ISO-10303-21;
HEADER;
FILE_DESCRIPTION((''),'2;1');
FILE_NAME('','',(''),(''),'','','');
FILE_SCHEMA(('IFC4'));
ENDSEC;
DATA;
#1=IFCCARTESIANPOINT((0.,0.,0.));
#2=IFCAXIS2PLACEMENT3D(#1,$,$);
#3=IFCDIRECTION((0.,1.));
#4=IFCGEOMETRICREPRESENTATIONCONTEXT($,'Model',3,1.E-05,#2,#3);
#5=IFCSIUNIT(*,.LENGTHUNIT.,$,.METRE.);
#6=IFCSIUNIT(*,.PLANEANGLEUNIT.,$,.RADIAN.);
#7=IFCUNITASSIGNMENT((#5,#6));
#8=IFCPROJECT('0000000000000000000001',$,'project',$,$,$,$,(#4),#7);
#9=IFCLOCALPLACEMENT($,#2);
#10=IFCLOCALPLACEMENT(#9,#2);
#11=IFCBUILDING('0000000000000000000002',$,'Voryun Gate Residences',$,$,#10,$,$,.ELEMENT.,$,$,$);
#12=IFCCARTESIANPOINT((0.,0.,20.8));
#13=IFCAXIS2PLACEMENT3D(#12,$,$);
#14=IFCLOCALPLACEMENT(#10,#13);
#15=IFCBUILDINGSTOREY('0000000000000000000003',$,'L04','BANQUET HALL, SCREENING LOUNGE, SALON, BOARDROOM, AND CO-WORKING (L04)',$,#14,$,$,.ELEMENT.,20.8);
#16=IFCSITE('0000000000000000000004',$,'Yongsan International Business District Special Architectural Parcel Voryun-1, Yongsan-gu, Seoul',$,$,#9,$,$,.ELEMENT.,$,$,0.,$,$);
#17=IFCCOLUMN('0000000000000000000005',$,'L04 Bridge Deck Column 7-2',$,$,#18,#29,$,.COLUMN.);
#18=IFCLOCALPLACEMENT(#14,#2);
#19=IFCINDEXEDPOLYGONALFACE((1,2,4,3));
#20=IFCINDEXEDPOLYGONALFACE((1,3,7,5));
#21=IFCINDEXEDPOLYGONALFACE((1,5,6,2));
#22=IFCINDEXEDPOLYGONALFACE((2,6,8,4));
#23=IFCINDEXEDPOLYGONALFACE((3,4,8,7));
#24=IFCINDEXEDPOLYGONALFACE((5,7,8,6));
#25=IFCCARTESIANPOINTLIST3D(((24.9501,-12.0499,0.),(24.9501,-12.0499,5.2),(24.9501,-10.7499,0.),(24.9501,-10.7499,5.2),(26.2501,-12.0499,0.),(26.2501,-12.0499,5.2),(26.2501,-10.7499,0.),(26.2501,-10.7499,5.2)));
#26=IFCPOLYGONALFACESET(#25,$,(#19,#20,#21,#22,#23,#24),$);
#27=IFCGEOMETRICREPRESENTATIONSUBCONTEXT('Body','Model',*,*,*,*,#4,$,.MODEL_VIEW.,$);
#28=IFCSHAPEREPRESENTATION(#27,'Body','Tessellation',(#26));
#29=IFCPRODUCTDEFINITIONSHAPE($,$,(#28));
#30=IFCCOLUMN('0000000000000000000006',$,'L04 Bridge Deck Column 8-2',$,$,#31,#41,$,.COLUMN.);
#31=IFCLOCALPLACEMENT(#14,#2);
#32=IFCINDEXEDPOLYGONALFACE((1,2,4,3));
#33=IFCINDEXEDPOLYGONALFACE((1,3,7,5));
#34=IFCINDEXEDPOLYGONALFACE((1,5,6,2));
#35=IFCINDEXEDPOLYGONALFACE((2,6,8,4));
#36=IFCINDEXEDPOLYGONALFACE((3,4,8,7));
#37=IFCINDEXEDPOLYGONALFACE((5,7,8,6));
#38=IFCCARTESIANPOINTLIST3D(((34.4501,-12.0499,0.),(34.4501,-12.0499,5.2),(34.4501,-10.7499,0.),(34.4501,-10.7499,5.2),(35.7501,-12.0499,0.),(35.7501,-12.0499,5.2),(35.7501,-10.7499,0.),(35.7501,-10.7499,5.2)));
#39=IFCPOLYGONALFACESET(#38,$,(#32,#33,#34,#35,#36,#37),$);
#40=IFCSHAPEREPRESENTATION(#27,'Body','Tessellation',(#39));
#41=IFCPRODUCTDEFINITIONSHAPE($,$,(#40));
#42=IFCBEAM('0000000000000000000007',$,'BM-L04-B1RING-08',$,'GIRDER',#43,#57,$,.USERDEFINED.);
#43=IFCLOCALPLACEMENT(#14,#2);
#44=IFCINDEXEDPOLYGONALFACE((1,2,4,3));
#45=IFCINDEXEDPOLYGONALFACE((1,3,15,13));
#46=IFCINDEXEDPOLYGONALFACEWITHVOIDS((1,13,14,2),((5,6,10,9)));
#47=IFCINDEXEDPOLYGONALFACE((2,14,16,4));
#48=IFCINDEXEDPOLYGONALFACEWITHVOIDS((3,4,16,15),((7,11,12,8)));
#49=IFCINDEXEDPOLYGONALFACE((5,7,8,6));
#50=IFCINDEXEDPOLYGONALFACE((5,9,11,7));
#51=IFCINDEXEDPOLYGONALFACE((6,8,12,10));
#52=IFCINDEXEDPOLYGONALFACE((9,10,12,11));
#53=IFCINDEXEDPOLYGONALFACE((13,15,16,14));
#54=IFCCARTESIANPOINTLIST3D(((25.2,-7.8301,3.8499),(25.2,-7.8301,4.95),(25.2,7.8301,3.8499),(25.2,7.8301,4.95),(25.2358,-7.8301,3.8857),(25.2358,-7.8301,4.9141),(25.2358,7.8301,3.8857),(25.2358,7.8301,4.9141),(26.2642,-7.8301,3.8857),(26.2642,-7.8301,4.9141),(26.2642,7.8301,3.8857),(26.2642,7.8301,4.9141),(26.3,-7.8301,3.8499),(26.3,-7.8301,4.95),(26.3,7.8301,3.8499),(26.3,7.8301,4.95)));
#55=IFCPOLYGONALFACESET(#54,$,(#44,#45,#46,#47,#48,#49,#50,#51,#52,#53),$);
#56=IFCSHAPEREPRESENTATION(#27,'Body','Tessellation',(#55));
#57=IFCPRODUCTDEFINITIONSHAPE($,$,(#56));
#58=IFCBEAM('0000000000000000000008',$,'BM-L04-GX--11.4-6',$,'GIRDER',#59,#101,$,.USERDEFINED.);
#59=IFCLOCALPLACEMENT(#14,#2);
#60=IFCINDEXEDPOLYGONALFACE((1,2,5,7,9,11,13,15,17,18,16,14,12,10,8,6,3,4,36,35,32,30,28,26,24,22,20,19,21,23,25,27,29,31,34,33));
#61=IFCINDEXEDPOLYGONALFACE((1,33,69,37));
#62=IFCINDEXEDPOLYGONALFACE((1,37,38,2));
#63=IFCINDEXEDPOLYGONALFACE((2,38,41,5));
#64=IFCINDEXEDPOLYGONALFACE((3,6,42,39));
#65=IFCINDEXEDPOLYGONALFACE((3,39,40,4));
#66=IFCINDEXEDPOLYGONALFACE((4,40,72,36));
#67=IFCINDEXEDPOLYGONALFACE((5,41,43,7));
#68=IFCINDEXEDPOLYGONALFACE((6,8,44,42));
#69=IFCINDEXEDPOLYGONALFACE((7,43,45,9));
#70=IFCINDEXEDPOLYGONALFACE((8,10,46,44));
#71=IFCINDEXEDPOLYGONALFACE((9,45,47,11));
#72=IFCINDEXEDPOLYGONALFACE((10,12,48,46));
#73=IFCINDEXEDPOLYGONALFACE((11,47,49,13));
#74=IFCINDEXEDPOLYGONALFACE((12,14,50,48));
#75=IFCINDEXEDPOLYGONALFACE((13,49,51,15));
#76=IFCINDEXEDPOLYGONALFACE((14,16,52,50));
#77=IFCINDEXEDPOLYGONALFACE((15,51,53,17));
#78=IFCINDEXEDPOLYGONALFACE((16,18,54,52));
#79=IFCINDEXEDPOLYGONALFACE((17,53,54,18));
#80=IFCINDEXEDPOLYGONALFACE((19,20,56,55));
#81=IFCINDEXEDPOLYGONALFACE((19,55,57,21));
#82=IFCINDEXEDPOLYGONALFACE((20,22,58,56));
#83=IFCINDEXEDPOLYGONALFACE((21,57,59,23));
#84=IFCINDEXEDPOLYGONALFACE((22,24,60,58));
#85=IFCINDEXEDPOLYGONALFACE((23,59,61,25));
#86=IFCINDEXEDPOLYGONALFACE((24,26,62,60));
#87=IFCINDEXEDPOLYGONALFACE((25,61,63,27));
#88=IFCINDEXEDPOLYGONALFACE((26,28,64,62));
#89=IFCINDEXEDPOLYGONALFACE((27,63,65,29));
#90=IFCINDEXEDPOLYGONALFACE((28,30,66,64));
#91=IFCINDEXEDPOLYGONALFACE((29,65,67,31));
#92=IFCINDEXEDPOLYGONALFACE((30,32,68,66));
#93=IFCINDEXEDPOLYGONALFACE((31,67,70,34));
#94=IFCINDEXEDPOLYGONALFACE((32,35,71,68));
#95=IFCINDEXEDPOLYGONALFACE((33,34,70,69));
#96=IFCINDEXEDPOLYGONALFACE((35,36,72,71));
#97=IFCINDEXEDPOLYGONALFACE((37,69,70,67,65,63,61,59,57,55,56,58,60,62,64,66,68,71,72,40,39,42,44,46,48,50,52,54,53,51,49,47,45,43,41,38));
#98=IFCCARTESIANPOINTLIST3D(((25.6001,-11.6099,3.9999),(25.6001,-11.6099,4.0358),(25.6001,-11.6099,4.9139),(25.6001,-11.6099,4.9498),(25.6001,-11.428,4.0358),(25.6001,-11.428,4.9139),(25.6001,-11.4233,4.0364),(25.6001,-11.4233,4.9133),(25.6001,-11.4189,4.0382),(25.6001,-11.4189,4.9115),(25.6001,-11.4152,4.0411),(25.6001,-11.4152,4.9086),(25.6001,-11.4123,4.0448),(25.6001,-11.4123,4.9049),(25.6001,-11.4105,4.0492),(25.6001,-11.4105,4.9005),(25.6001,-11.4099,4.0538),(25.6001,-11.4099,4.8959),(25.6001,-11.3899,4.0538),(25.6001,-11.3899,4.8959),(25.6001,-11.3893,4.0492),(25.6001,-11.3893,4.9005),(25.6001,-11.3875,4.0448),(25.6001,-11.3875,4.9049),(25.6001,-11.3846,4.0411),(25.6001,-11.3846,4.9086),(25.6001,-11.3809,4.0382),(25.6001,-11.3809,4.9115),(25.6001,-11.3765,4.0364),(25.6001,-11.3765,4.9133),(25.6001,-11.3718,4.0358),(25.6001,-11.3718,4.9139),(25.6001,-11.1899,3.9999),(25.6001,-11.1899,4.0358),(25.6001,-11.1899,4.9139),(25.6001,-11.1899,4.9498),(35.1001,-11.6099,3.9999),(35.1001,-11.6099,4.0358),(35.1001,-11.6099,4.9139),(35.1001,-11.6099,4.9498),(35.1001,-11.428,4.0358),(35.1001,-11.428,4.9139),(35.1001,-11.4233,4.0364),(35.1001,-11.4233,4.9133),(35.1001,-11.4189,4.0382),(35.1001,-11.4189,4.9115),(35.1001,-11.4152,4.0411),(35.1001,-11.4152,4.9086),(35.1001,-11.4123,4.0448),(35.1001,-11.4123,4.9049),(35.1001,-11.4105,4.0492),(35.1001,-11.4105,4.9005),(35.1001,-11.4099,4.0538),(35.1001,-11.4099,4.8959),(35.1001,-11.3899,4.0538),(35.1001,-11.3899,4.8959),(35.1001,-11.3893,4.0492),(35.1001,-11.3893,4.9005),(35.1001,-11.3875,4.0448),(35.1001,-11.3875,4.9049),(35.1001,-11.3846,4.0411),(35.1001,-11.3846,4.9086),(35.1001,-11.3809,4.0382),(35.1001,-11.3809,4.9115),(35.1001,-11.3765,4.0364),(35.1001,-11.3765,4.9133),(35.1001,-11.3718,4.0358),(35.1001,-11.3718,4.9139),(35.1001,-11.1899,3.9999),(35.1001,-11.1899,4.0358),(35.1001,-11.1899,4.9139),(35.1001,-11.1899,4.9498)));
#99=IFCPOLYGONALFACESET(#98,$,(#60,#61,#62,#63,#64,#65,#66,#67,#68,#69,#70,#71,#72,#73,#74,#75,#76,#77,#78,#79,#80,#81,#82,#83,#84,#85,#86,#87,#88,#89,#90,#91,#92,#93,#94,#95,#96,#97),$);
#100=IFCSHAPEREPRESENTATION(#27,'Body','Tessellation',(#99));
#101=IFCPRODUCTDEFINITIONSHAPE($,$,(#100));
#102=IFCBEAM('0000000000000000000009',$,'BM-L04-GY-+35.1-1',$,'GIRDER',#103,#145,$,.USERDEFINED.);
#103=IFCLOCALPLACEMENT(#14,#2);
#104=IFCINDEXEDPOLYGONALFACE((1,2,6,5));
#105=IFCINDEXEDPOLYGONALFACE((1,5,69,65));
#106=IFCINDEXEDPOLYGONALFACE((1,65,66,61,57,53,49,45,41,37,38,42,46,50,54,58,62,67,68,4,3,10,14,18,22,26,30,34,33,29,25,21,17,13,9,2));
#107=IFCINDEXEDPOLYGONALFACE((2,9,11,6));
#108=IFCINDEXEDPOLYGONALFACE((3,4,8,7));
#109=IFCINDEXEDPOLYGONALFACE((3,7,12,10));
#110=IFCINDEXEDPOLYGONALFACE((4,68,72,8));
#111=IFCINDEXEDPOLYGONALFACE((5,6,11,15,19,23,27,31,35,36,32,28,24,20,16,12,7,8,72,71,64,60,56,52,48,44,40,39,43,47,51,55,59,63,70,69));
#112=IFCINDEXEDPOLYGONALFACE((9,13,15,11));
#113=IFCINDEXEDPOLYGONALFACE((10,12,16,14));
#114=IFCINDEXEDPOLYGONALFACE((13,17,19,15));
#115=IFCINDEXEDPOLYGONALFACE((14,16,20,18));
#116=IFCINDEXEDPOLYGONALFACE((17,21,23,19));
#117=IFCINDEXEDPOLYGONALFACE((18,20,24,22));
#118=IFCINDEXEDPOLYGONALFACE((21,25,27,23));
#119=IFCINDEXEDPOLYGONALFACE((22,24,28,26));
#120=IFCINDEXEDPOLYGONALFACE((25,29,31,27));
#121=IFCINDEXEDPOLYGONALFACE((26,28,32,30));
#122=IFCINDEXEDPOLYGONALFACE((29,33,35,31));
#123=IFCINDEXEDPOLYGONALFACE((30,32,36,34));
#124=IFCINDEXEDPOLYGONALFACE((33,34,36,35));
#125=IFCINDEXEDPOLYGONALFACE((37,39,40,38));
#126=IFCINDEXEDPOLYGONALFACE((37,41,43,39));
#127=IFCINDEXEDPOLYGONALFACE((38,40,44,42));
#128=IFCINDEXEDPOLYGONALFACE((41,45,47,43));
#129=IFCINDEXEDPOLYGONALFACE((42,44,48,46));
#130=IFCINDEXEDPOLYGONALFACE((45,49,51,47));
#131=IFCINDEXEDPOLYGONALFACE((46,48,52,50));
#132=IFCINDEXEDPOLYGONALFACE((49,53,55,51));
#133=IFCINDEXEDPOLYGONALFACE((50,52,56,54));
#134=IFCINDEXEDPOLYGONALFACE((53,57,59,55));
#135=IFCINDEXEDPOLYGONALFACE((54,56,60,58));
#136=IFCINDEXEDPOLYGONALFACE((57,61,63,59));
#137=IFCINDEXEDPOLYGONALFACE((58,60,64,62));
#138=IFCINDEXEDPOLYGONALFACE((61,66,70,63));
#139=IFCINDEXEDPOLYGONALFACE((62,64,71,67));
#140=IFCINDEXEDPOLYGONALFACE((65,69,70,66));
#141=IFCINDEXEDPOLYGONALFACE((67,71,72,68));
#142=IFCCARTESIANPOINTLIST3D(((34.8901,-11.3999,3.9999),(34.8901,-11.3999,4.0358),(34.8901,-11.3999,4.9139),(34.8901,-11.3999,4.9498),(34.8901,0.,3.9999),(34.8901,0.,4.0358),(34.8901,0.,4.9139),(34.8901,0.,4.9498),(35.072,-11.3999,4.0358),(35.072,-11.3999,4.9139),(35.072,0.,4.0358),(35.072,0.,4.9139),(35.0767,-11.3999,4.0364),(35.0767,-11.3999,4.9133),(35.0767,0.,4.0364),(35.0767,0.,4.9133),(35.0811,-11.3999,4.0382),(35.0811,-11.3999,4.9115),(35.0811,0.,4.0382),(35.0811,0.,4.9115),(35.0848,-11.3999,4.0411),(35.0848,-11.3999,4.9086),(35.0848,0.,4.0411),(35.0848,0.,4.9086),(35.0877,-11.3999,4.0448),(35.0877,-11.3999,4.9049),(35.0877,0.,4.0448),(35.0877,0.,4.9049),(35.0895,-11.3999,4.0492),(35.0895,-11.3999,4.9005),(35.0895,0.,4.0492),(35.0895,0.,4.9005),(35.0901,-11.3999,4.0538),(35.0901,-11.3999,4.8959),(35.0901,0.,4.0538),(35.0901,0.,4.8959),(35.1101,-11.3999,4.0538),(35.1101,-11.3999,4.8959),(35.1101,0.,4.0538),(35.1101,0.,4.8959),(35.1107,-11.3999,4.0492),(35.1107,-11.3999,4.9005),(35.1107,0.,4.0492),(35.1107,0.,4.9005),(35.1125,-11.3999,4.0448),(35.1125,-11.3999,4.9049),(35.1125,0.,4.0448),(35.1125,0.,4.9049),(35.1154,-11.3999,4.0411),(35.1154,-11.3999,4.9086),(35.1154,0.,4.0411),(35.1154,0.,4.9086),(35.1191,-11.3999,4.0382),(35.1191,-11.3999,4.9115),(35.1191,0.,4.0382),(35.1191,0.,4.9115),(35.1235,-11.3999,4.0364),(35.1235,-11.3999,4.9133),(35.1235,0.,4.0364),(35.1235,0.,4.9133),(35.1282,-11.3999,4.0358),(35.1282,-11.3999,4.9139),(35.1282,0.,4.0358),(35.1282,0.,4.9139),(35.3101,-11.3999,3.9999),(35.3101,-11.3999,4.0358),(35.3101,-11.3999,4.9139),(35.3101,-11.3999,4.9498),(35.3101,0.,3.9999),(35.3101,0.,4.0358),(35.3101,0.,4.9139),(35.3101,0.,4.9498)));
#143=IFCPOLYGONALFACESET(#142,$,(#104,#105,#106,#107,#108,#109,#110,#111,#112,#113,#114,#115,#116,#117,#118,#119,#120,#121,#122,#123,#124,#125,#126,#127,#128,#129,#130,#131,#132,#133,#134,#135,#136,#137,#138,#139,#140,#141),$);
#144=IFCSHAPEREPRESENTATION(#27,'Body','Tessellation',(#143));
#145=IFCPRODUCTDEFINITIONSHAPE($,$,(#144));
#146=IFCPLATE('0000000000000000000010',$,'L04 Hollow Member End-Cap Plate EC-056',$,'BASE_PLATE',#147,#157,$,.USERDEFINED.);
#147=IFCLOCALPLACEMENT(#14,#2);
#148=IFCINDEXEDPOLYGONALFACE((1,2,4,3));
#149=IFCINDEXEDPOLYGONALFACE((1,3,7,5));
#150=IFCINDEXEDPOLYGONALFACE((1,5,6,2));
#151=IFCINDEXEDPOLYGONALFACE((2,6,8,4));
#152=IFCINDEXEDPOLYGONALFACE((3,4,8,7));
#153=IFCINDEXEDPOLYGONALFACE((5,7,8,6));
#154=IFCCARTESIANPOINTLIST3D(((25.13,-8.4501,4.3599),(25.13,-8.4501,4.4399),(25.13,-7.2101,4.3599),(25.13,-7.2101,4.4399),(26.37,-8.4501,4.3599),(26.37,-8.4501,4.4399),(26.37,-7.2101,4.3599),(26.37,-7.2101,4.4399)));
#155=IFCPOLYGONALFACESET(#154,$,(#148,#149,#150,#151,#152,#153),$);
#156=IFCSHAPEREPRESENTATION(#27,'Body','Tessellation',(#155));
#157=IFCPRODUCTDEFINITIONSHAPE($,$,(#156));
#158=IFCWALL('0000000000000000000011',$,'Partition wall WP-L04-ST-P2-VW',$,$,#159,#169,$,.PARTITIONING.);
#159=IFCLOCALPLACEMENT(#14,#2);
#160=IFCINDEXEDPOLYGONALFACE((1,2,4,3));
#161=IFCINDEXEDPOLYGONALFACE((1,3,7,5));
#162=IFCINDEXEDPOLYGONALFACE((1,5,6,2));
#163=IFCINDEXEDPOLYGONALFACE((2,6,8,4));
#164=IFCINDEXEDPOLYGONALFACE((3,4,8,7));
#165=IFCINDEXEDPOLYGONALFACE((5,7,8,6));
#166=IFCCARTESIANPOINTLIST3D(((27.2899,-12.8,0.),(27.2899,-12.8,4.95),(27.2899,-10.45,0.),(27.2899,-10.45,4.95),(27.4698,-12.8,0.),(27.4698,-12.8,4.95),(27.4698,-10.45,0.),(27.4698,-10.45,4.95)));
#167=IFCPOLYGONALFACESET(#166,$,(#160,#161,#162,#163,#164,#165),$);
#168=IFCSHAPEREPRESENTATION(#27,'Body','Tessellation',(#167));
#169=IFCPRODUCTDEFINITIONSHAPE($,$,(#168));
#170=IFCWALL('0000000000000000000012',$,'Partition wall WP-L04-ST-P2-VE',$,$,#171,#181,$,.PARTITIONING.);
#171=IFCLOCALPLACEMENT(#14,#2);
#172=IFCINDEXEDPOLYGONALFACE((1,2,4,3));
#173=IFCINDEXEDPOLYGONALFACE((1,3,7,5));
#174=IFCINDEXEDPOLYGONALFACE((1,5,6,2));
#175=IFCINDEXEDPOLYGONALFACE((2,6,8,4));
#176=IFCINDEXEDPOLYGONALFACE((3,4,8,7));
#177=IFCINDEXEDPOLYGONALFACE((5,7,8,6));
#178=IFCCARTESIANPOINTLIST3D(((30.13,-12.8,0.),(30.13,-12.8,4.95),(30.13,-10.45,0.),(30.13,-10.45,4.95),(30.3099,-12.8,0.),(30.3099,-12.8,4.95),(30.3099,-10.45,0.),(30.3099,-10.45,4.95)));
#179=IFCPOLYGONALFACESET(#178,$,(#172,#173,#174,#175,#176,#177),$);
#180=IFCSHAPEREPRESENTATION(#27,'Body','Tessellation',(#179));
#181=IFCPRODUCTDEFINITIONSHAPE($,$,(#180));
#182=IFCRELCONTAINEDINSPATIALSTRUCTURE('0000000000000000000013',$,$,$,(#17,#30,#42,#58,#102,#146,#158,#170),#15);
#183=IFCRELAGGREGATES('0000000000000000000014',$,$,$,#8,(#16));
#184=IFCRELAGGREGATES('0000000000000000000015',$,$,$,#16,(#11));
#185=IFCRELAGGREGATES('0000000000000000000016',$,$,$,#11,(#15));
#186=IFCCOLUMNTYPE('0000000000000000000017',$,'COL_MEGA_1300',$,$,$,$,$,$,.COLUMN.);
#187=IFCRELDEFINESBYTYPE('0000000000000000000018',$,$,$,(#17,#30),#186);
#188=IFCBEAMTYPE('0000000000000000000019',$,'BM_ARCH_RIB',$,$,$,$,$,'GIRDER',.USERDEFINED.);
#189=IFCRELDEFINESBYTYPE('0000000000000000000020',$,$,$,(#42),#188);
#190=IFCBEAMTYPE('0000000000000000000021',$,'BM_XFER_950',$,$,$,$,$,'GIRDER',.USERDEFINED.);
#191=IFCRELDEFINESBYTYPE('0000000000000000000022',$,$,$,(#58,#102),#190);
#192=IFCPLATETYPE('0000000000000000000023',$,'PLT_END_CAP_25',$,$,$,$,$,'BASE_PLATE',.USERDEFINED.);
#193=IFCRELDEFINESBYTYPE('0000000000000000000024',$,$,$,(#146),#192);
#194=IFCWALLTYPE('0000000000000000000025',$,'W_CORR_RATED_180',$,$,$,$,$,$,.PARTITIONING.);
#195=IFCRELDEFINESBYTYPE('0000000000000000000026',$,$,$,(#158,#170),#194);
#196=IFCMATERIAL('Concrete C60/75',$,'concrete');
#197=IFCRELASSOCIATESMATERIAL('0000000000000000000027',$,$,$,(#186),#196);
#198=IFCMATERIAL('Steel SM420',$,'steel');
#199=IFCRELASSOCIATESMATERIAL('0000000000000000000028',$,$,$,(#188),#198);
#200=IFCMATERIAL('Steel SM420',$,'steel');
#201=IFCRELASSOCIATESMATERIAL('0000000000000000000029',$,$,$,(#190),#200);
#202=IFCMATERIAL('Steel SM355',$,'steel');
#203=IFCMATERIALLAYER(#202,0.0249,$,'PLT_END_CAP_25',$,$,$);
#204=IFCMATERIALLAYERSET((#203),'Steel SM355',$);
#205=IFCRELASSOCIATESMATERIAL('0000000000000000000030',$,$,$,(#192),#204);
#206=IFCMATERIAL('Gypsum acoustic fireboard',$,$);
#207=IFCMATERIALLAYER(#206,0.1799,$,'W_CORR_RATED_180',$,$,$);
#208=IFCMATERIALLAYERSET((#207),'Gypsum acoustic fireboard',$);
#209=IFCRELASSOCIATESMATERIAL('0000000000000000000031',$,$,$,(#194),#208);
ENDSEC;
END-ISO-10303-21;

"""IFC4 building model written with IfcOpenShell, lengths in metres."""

from ifc_helpers import new_model, si_unit, direction, frame, frame_2d, origin, origin_2d, place, context, subcontext, project, spatial, rectangle, hollow_rectangle, i_section, extrude, material, layer, layer_set, material_profile, profile_set, type_object, element, save


model = new_model("IFC4")

# Units and contexts
model_context = context("Model", 3, precision=1e-05, world=origin(), true_north=direction((0.0, 1.0)))
body_context = subcontext(model_context, "Body", "Model", "MODEL_VIEW")
ifc_project = project(units=[si_unit("LENGTHUNIT", "METRE"), si_unit("PLANEANGLEUNIT", "RADIAN")], contexts=[model_context])

# Site, building, storey
site_placement = place(None, origin())
site = spatial("IfcSite", under=ifc_project, at=site_placement, Name="Yongsan International Business District Special Architectural Parcel Voryun-1, Yongsan-gu, Seoul", CompositionType="ELEMENT", RefElevation=0.0)
building_placement = place(site_placement, origin())
building = spatial("IfcBuilding", under=site, at=building_placement, Name="Voryun Gate Residences", CompositionType="ELEMENT")
storey_placement = place(building_placement, frame((0.0, 0.0, 20.8)))
storey = spatial("IfcBuildingStorey", under=building, at=storey_placement, Name="L04", Description="BANQUET HALL, SCREENING LOUNGE, SALON, BOARDROOM, AND CO-WORKING (L04)", CompositionType="ELEMENT", Elevation=20.8)

# Columns
ifc_material_1 = material(Name="Concrete C60/75", Category="concrete")
ifc_material_profile_1 = material_profile(ifc_material_1, rectangle(XDim=1.3, YDim=1.3, at=origin_2d()), Name="RC-1300x1300")
ifc_profile_set_1 = profile_set([ifc_material_profile_1], Name="Concrete C60/75")
column_type = type_object("IfcColumnType", Name="COL_MEGA_1300", PredefinedType="COLUMN", material=ifc_profile_set_1)
for number, where, z_axis, x_axis, name in (
    (1, (25.6001, -11.3999, 0.0), (0.0, 0.0, 1.0), (1.0, 0.0, 0.0), "L04 Bridge Deck Column 7-2"),
    (2, (35.1001, -11.3999, 0.0), (0.0, 0.0, 1.0), (1.0, 0.0, 0.0), "L04 Bridge Deck Column 8-2"),
):
    element("IfcColumn", number, at=place(storey_placement, frame(where, z_axis=z_axis, x_axis=x_axis)), inside=storey, type_object=column_type, Name=name, PredefinedType="COLUMN", context=body_context, shape_type="SweptSolid", body=[
        extrude(rectangle(XDim=1.3, YDim=1.3, at=origin_2d()), origin(), (0.0, 0.0, 1.0), 5.2),
    ])

# Beams
ifc_material_2 = material(Name="Steel SM420", Category="steel")
ifc_material_profile_2 = material_profile(ifc_material_2, hollow_rectangle(XDim=1.1001, YDim=1.1001, WallThickness=0.0359, at=origin_2d()), Name="BOX-1100x1100x36")
ifc_profile_set_2 = profile_set([ifc_material_profile_2], Name="Steel SM420")
beam_type_1 = type_object("IfcBeamType", Name="BM_ARCH_RIB", ElementType="GIRDER", PredefinedType="USERDEFINED", material=ifc_profile_set_2)
beam_1_placement = place(storey_placement, frame((25.75, -7.8301, 4.3999), z_axis=(0.0, 1.0, 0.0), x_axis=(-1.0, 0.0, 0.0)))
element("IfcBeam", 3, at=beam_1_placement, inside=storey, type_object=beam_type_1, Name="BM-L04-B1RING-08", ObjectType="GIRDER", PredefinedType="USERDEFINED", context=body_context, shape_type="SweptSolid", body=[
    extrude(hollow_rectangle(XDim=1.1001, YDim=1.1001, WallThickness=0.0359, at=origin_2d()), origin(), (0.0, 0.0, 1.0), 15.6602),
])
ifc_material_3 = material(Name="Steel SM420", Category="steel")
ifc_material_profile_3 = material_profile(ifc_material_3, i_section(OverallWidth=0.4199, OverallDepth=0.95, WebThickness=0.02, FlangeThickness=0.0359, FilletRadius=0.0181, at=origin_2d()), Name="H-950x420x20x36")
ifc_profile_set_3 = profile_set([ifc_material_profile_3], Name="Steel SM420")
beam_type_2 = type_object("IfcBeamType", Name="BM_XFER_950", ElementType="GIRDER", PredefinedType="USERDEFINED", material=ifc_profile_set_3)
beam_2_placement = place(storey_placement, frame((25.6001, -11.3999, 4.4749), z_axis=(1.0, 0.0, 0.0), x_axis=(0.0, 1.0, 0.0)))
element("IfcBeam", 4, at=beam_2_placement, inside=storey, type_object=beam_type_2, Name="BM-L04-GX--11.4-6", ObjectType="GIRDER", PredefinedType="USERDEFINED", context=body_context, shape_type="SweptSolid", body=[
    extrude(i_section(OverallWidth=0.4199, OverallDepth=0.95, WebThickness=0.02, FlangeThickness=0.0359, FilletRadius=0.0181, at=origin_2d()), origin(), (0.0, 0.0, 1.0), 9.5),
])
beam_3_placement = place(storey_placement, frame((35.1001, -11.3999, 4.4749), z_axis=(0.0, 1.0, 0.0), x_axis=(-1.0, 0.0, 0.0)))
element("IfcBeam", 5, at=beam_3_placement, inside=storey, type_object=beam_type_2, Name="BM-L04-GY-+35.1-1", ObjectType="GIRDER", PredefinedType="USERDEFINED", context=body_context, shape_type="SweptSolid", body=[
    extrude(i_section(OverallWidth=0.4199, OverallDepth=0.95, WebThickness=0.02, FlangeThickness=0.0359, FilletRadius=0.0181, at=origin_2d()), origin(), (0.0, 0.0, 1.0), 11.3999),
])

# Plate
ifc_material_4 = material(Name="Steel SM355", Category="steel")
ifc_layer_1 = layer(ifc_material_4, 0.0249, Name="PLT_END_CAP_25")
ifc_layer_set_1 = layer_set([ifc_layer_1], Name="Steel SM355")
plate_type = type_object("IfcPlateType", Name="PLT_END_CAP_25", ElementType="BASE_PLATE", PredefinedType="USERDEFINED", material=ifc_layer_set_1)
plate_placement = place(storey_placement, frame((25.75, -7.8301, 4.3599), z_axis=(0.0, 0.0, 1.0), x_axis=(1.0, 0.0, 0.0)))
element("IfcPlate", 6, at=plate_placement, inside=storey, type_object=plate_type, Name="L04 Hollow Member End-Cap Plate EC-056", ObjectType="BASE_PLATE", PredefinedType="USERDEFINED", context=body_context, shape_type="SweptSolid", body=[
    extrude(rectangle(XDim=1.24, YDim=1.24, at=origin_2d()), origin(), (0.0, 0.0, 1.0), 0.0801),
])

# Walls
ifc_material_5 = material(Name="Gypsum acoustic fireboard")
ifc_layer_2 = layer(ifc_material_5, 0.1799, Name="W_CORR_RATED_180")
ifc_layer_set_2 = layer_set([ifc_layer_2], Name="Gypsum acoustic fireboard")
wall_type = type_object("IfcWallType", Name="W_CORR_RATED_180", PredefinedType="PARTITIONING", material=ifc_layer_set_2)
for number, where, z_axis, x_axis, name in (
    (7, (27.3799, -12.8, 0.0), (0.0, 0.0, 1.0), (0.0, 1.0, 0.0), "Partition wall WP-L04-ST-P2-VW"),
    (8, (30.22, -12.8, 0.0), (0.0, 0.0, 1.0), (0.0, 1.0, 0.0), "Partition wall WP-L04-ST-P2-VE"),
):
    element("IfcWall", number, at=place(storey_placement, frame(where, z_axis=z_axis, x_axis=x_axis)), inside=storey, type_object=wall_type, Name=name, PredefinedType="PARTITIONING", context=body_context, shape_type="SweptSolid", body=[
        extrude(rectangle(XDim=2.3501, YDim=0.1799, at=frame_2d((1.175, 0.0))), origin(), (0.0, 0.0, 1.0), 4.95),
    ])

save(model, "model.ifc")
